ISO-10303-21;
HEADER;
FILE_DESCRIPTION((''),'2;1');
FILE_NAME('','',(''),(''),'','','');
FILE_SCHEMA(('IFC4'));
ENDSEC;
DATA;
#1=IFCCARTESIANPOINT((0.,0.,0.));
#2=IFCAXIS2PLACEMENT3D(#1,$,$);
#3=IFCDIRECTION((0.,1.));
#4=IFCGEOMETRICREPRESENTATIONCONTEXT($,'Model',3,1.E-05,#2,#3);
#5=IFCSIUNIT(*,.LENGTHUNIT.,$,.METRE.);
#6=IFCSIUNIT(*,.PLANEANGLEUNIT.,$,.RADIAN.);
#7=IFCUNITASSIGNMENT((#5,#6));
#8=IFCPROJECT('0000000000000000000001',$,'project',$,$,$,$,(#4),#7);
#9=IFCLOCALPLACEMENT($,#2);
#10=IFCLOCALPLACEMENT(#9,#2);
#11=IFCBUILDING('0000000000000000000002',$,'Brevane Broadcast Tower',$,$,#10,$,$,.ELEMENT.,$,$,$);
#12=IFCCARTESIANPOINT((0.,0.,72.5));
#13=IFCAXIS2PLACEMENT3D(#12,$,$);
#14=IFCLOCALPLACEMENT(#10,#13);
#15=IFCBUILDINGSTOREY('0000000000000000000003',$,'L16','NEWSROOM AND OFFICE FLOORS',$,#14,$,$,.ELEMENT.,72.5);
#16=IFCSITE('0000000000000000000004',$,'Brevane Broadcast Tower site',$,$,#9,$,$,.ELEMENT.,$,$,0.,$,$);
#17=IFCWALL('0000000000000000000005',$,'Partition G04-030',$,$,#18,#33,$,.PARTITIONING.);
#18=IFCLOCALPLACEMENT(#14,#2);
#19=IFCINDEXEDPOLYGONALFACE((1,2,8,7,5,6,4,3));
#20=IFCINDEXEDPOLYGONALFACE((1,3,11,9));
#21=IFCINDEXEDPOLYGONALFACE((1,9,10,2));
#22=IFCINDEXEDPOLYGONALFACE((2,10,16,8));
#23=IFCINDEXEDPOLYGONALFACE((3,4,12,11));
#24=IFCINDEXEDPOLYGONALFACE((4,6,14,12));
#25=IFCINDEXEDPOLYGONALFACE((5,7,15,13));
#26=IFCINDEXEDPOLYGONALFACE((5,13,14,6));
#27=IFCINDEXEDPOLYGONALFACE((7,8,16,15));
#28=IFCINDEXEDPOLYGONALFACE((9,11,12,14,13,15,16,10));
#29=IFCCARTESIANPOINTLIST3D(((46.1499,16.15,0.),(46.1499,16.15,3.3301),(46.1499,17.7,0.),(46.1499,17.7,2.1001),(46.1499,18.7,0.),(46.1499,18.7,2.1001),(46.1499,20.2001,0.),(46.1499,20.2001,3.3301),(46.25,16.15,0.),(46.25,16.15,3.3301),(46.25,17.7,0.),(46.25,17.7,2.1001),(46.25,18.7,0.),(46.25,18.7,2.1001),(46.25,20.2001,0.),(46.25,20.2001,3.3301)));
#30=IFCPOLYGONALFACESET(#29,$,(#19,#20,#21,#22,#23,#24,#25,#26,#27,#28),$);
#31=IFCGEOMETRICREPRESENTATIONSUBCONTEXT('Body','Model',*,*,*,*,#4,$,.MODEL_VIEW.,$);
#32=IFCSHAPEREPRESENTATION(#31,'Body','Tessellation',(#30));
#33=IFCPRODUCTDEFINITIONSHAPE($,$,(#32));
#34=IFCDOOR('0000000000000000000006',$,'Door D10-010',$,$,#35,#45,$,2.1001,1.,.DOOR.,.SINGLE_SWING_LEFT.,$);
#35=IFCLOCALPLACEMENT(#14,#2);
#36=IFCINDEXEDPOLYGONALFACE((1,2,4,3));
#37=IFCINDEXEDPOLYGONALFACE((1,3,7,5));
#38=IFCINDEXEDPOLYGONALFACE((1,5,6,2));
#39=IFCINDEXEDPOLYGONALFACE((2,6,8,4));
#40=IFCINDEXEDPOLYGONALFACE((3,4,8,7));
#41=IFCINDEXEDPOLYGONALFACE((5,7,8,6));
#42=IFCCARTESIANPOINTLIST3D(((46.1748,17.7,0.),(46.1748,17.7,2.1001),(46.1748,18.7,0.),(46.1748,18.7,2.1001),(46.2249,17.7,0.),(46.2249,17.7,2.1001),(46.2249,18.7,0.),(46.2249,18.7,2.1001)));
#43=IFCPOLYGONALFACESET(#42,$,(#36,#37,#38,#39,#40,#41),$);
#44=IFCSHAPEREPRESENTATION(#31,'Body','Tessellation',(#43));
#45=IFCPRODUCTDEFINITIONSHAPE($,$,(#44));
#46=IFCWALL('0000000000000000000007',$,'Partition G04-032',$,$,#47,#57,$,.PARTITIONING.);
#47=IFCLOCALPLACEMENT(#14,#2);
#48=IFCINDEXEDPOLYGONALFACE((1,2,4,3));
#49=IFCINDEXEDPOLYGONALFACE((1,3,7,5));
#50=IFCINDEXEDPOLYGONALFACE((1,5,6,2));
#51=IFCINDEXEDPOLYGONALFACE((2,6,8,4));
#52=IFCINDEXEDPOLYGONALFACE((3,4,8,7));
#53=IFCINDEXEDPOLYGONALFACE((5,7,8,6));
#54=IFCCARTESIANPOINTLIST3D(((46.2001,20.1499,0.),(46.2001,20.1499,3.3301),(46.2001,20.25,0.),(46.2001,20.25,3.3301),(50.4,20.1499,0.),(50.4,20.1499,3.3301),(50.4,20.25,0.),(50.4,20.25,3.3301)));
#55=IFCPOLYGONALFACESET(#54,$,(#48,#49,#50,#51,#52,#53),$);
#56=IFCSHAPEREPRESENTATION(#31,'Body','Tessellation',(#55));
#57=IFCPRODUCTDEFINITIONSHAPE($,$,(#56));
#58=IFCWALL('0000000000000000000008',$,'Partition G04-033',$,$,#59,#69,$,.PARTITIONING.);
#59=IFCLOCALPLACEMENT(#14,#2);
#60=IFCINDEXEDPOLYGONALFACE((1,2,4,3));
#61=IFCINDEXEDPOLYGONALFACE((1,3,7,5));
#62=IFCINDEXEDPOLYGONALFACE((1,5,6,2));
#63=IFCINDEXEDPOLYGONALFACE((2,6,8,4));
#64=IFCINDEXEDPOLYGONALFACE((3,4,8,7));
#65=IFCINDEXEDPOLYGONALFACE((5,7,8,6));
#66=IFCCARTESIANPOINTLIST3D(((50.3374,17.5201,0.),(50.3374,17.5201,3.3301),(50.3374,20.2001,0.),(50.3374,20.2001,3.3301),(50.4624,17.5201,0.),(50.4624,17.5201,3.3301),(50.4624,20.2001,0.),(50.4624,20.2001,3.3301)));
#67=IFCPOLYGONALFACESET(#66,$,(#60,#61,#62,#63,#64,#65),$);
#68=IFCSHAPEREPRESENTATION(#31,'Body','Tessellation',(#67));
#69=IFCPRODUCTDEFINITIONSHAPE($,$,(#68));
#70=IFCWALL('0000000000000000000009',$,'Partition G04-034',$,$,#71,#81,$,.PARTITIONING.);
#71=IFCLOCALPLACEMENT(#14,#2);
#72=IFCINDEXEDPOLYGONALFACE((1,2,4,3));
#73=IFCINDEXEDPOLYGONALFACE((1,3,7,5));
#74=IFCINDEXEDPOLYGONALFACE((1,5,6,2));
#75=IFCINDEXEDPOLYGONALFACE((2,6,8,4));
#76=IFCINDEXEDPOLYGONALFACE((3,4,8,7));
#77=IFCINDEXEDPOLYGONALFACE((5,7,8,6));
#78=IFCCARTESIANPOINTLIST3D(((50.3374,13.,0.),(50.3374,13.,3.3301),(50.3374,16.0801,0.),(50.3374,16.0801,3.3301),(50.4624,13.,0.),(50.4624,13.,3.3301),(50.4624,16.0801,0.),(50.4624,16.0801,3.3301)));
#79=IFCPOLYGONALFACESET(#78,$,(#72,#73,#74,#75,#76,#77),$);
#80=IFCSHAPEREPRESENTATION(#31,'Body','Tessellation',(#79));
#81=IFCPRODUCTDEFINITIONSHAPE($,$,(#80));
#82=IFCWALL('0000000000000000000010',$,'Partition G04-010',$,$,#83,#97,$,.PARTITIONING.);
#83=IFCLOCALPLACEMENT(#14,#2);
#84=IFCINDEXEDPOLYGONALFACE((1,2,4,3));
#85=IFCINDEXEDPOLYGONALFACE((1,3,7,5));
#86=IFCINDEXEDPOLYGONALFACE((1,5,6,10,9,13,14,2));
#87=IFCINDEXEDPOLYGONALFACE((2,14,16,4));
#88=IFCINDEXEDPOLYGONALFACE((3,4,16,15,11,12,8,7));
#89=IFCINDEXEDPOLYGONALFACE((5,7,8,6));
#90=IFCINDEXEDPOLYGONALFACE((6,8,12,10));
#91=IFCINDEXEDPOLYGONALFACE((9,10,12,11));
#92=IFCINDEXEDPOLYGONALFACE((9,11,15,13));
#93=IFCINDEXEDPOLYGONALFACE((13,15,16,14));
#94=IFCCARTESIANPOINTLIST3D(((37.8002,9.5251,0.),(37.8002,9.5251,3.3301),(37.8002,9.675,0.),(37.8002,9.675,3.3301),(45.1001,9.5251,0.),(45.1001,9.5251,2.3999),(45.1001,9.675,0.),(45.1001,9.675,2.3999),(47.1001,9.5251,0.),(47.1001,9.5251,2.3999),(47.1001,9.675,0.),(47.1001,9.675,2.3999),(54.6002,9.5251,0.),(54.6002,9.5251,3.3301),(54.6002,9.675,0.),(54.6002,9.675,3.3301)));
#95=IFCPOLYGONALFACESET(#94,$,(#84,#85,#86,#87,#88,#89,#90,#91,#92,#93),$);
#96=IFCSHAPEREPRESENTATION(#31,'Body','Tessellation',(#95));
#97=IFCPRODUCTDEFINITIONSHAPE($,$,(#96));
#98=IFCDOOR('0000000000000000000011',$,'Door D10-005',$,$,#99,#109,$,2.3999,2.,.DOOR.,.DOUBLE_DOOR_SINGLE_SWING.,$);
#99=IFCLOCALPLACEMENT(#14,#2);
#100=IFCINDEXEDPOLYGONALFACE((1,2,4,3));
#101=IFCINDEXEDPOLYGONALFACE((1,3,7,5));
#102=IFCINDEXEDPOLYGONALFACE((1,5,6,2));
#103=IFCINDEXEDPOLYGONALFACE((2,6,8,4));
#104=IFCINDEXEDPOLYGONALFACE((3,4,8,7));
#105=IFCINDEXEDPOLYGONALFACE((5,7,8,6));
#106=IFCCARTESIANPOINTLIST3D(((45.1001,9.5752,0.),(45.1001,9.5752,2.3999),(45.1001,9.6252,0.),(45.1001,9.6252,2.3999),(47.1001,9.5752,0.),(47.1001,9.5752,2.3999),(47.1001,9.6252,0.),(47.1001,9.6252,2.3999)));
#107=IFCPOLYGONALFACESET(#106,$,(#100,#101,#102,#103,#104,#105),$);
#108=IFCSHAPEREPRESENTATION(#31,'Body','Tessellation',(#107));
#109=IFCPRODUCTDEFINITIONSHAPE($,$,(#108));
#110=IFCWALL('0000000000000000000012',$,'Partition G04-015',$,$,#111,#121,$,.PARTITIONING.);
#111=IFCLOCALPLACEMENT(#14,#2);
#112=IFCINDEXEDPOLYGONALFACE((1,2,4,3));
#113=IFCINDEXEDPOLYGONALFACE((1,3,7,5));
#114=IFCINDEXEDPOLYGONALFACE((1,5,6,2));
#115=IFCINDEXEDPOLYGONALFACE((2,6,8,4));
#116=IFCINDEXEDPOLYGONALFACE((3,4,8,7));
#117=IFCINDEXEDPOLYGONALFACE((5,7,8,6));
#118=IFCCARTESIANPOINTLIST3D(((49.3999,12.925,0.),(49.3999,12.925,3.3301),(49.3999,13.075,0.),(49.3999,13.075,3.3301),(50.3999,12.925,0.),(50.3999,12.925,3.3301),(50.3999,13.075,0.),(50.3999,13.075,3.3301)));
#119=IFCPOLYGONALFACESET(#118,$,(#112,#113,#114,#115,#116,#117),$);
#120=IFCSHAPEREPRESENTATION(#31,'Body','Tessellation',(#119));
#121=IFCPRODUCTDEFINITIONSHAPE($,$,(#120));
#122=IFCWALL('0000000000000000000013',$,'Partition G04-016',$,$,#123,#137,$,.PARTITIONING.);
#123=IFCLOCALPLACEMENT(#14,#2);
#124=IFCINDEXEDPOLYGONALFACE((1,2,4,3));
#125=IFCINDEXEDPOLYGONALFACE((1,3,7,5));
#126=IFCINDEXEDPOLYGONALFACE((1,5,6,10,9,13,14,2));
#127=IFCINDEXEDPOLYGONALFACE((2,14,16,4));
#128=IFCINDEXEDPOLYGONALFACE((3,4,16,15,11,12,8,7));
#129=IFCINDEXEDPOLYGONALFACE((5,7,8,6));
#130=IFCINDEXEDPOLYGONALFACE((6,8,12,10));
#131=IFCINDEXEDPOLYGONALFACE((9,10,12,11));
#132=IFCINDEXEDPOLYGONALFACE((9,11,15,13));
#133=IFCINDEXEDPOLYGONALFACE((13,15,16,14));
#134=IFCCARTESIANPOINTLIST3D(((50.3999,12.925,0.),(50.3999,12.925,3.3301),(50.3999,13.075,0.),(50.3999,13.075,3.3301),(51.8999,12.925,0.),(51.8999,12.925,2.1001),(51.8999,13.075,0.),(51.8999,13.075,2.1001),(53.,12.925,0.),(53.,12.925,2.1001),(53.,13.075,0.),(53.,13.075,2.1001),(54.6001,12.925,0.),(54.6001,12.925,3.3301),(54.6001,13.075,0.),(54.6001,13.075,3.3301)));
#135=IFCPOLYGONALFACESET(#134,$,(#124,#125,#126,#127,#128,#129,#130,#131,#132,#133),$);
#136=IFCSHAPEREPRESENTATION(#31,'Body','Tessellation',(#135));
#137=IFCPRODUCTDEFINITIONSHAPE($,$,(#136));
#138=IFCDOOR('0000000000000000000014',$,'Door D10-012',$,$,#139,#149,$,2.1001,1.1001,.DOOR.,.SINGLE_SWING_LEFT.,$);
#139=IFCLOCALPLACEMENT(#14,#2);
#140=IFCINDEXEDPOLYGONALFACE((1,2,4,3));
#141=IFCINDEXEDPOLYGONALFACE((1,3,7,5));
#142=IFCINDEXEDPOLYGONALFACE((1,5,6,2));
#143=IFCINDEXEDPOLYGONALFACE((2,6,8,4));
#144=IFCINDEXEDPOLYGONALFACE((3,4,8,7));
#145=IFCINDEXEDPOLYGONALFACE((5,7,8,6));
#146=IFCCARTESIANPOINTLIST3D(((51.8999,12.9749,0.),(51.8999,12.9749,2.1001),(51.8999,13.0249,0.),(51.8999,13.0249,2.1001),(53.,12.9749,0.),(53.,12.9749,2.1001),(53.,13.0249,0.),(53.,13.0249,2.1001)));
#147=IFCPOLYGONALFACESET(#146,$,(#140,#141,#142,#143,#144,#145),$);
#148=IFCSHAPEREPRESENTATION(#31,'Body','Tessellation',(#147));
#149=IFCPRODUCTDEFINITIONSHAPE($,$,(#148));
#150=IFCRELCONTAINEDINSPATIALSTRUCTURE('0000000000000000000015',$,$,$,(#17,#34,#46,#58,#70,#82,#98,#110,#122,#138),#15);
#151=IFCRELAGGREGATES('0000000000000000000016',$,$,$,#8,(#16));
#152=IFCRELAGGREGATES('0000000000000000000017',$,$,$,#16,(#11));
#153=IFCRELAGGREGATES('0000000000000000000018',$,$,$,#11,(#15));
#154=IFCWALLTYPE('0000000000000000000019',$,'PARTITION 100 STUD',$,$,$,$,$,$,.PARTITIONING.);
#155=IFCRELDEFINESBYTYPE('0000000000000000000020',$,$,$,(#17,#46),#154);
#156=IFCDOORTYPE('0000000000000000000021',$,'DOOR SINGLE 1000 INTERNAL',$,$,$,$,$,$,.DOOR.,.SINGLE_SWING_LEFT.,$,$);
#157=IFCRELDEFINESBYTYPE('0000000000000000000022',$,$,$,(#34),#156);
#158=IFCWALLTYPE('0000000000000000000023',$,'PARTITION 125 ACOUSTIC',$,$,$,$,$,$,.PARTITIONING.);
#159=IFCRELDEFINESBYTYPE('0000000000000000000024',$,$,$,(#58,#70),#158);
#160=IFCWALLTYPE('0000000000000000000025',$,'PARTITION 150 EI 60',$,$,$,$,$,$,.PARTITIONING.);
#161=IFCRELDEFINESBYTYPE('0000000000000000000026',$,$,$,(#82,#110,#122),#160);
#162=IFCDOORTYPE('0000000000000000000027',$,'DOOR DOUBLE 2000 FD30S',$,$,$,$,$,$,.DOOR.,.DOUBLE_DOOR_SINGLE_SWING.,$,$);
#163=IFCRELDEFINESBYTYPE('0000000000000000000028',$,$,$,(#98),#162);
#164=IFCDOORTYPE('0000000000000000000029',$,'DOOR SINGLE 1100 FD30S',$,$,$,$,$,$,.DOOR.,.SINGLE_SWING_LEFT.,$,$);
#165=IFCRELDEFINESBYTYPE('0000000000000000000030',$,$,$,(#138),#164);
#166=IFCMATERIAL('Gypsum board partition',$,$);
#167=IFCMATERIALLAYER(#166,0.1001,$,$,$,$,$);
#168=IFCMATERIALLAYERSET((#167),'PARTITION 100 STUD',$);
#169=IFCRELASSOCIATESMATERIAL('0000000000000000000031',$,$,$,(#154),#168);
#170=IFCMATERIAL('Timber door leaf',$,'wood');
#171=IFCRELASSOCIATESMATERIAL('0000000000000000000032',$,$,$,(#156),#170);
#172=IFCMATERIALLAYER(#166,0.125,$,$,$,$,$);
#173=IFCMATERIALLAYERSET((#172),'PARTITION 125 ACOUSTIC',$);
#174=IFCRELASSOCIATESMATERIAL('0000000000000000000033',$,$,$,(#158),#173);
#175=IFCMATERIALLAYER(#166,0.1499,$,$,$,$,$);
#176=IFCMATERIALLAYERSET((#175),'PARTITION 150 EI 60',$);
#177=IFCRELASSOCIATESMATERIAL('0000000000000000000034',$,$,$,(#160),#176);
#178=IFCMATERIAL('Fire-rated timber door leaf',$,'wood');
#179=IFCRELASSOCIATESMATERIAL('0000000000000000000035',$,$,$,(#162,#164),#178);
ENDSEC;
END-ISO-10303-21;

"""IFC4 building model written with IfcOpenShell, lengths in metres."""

from ifc_helpers import new_model, si_unit, direction, frame, frame_2d, origin, place, context, subcontext, project, spatial, rectangle, extrude, material, layer, layer_set, type_object, element, fill, save


model = new_model("IFC4")

# Units and contexts
model_context = context("Model", 3, precision=1e-05, world=origin(), true_north=direction((0.0, 1.0)))
body_context = subcontext(model_context, "Body", "Model", "MODEL_VIEW")
ifc_project = project(units=[si_unit("LENGTHUNIT", "METRE"), si_unit("PLANEANGLEUNIT", "RADIAN")], contexts=[model_context])

# Site, building, storey
site_placement = place(None, origin())
site = spatial("IfcSite", under=ifc_project, at=site_placement, Name="Brevane Broadcast Tower site", CompositionType="ELEMENT", RefElevation=0.0)
building_placement = place(site_placement, origin())
building = spatial("IfcBuilding", under=site, at=building_placement, Name="Brevane Broadcast Tower", CompositionType="ELEMENT")
storey_placement = place(building_placement, frame((0.0, 0.0, 72.5)))
storey = spatial("IfcBuildingStorey", under=building, at=storey_placement, Name="L16", Description="NEWSROOM AND OFFICE FLOORS", CompositionType="ELEMENT", Elevation=72.5)

# Shared definitions
ifc_material_1 = material(Name="Gypsum board partition")
ifc_layer_1 = layer(ifc_material_1, 0.1001)
ifc_layer_set_1 = layer_set([ifc_layer_1], Name="PARTITION 100 STUD")
wall_type_1 = type_object("IfcWallType", Name="PARTITION 100 STUD", PredefinedType="PARTITIONING", material=ifc_layer_set_1)

# Wall, opening, door
wall_1_placement = place(storey_placement, frame((46.2, 20.2, 0.0), z_axis=(0.0, 0.0, 1.0), x_axis=(0.0, -1.0, 0.0)))
wall_1 = element("IfcWall", 1, at=wall_1_placement, inside=storey, type_object=wall_type_1, Name="Partition G04-030", PredefinedType="PARTITIONING", context=body_context, shape_type="SweptSolid", body=[
    extrude(rectangle(XDim=4.05, YDim=0.1001, at=frame_2d((2.0249, 0.0))), origin(), (0.0, 0.0, 1.0), 3.3301),
])
opening_1_placement = place(wall_1_placement, frame((1.5, 0.0, 0.0)))
opening_1 = element("IfcOpeningElement", 2, at=opening_1_placement, cuts=wall_1, PredefinedType="OPENING", context=body_context, shape_type="SweptSolid", body=[
    extrude(rectangle(XDim=1.0, YDim=2.1001, at=frame_2d((0.5, 1.05))), frame((0.0, 0.0601, 0.0), z_axis=(0.0, -1.0, 0.0), x_axis=(1.0, 0.0, 0.0)), (0.0, 0.0, 1.0), 0.1201),
])
ifc_material_2 = material(Name="Timber door leaf", Category="wood")
door_type_1 = type_object("IfcDoorType", Name="DOOR SINGLE 1000 INTERNAL", OperationType="SINGLE_SWING_LEFT", PredefinedType="DOOR", material=ifc_material_2)
door_1_placement = place(opening_1_placement, origin())
door_1 = element("IfcDoor", 3, at=door_1_placement, inside=storey, type_object=door_type_1, Name="Door D10-010", OperationType="SINGLE_SWING_LEFT", OverallHeight=2.1001, OverallWidth=1.0, PredefinedType="DOOR", context=body_context, shape_type="SweptSolid", body=[
    extrude(rectangle(XDim=1.0, YDim=2.1001, at=frame_2d((0.5, 1.05))), frame((0.0, 0.0249, 0.0), z_axis=(0.0, -1.0, 0.0), x_axis=(1.0, 0.0, 0.0)), (0.0, 0.0, 1.0), 0.05),
])
fill(opening_1, door_1)

# Walls
wall_2_placement = place(storey_placement, frame((46.2, 20.2, 0.0), z_axis=(0.0, 0.0, 1.0), x_axis=(1.0, 0.0, 0.0)))
element("IfcWall", 4, at=wall_2_placement, inside=storey, type_object=wall_type_1, Name="Partition G04-032", PredefinedType="PARTITIONING", context=body_context, shape_type="SweptSolid", body=[
    extrude(rectangle(XDim=4.2, YDim=0.1001, at=frame_2d((2.1001, 0.0))), origin(), (0.0, 0.0, 1.0), 3.3301),
])
ifc_layer_2 = layer(ifc_material_1, 0.125)
ifc_layer_set_2 = layer_set([ifc_layer_2], Name="PARTITION 125 ACOUSTIC")
wall_type_2 = type_object("IfcWallType", Name="PARTITION 125 ACOUSTIC", PredefinedType="PARTITIONING", material=ifc_layer_set_2)
wall_3_placement = place(storey_placement, frame((50.3999, 20.2, 0.0), z_axis=(0.0, 0.0, 1.0), x_axis=(0.0, -1.0, 0.0)))
element("IfcWall", 5, at=wall_3_placement, inside=storey, type_object=wall_type_2, Name="Partition G04-033", PredefinedType="PARTITIONING", context=body_context, shape_type="SweptSolid", body=[
    extrude(rectangle(XDim=2.6799, YDim=0.125, at=frame_2d((1.3398, 0.0))), origin(), (0.0, 0.0, 1.0), 3.3301),
])
wall_4_placement = place(storey_placement, frame((50.3999, 16.0801, 0.0), z_axis=(0.0, 0.0, 1.0), x_axis=(0.0, -1.0, 0.0)))
element("IfcWall", 6, at=wall_4_placement, inside=storey, type_object=wall_type_2, Name="Partition G04-034", PredefinedType="PARTITIONING", context=body_context, shape_type="SweptSolid", body=[
    extrude(rectangle(XDim=3.0801, YDim=0.125, at=frame_2d((1.54, 0.0))), origin(), (0.0, 0.0, 1.0), 3.3301),
])

# Wall, opening, door
ifc_layer_3 = layer(ifc_material_1, 0.1499)
ifc_layer_set_3 = layer_set([ifc_layer_3], Name="PARTITION 150 EI 60")
wall_type_3 = type_object("IfcWallType", Name="PARTITION 150 EI 60", PredefinedType="PARTITIONING", material=ifc_layer_set_3)
wall_5_placement = place(storey_placement, frame((54.6001, 9.6001, 0.0), z_axis=(0.0, 0.0, 1.0), x_axis=(-1.0, 0.0, 0.0)))
wall_5 = element("IfcWall", 7, at=wall_5_placement, inside=storey, type_object=wall_type_3, Name="Partition G04-010", PredefinedType="PARTITIONING", context=body_context, shape_type="SweptSolid", body=[
    extrude(rectangle(XDim=16.8, YDim=0.1499, at=frame_2d((8.3999, 0.0))), origin(), (0.0, 0.0, 1.0), 3.3301),
])
opening_2_placement = place(wall_5_placement, frame((7.5, 0.0, 0.0)))
opening_2 = element("IfcOpeningElement", 8, at=opening_2_placement, cuts=wall_5, PredefinedType="OPENING", context=body_context, shape_type="SweptSolid", body=[
    extrude(rectangle(XDim=2.0, YDim=2.3999, at=frame_2d((1.0, 1.2))), frame((0.0, 0.085, 0.0), z_axis=(0.0, -1.0, 0.0), x_axis=(1.0, 0.0, 0.0)), (0.0, 0.0, 1.0), 0.1699),
])
ifc_material_3 = material(Name="Fire-rated timber door leaf", Category="wood")
door_type_2 = type_object("IfcDoorType", Name="DOOR DOUBLE 2000 FD30S", OperationType="DOUBLE_DOOR_SINGLE_SWING", PredefinedType="DOOR", material=ifc_material_3)
door_2_placement = place(opening_2_placement, origin())
door_2 = element("IfcDoor", 9, at=door_2_placement, inside=storey, type_object=door_type_2, Name="Door D10-005", OperationType="DOUBLE_DOOR_SINGLE_SWING", OverallHeight=2.3999, OverallWidth=2.0, PredefinedType="DOOR", context=body_context, shape_type="SweptSolid", body=[
    extrude(rectangle(XDim=2.0, YDim=2.3999, at=frame_2d((1.0, 1.2))), frame((0.0, 0.0249, 0.0), z_axis=(0.0, -1.0, 0.0), x_axis=(1.0, 0.0, 0.0)), (0.0, 0.0, 1.0), 0.05),
])
fill(opening_2, door_2)

# Wall
wall_6_placement = place(storey_placement, frame((49.3999, 13.0, 0.0), z_axis=(0.0, 0.0, 1.0), x_axis=(1.0, 0.0, 0.0)))
element("IfcWall", 10, at=wall_6_placement, inside=storey, type_object=wall_type_3, Name="Partition G04-015", PredefinedType="PARTITIONING", context=body_context, shape_type="SweptSolid", body=[
    extrude(rectangle(XDim=1.0, YDim=0.1499, at=frame_2d((0.5, 0.0))), origin(), (0.0, 0.0, 1.0), 3.3301),
])

# Wall, opening, door
wall_7_placement = place(storey_placement, frame((50.3999, 13.0, 0.0), z_axis=(0.0, 0.0, 1.0), x_axis=(1.0, 0.0, 0.0)))
wall_7 = element("IfcWall", 11, at=wall_7_placement, inside=storey, type_object=wall_type_3, Name="Partition G04-016", PredefinedType="PARTITIONING", context=body_context, shape_type="SweptSolid", body=[
    extrude(rectangle(XDim=4.2002, YDim=0.1499, at=frame_2d((2.1001, 0.0))), origin(), (0.0, 0.0, 1.0), 3.3301),
])
opening_3_placement = place(wall_7_placement, frame((1.5, 0.0, 0.0)))
opening_3 = element("IfcOpeningElement", 12, at=opening_3_placement, cuts=wall_7, PredefinedType="OPENING", context=body_context, shape_type="SweptSolid", body=[
    extrude(rectangle(XDim=1.1001, YDim=2.1001, at=frame_2d((0.55, 1.05))), frame((0.0, 0.085, 0.0), z_axis=(0.0, -1.0, 0.0), x_axis=(1.0, 0.0, 0.0)), (0.0, 0.0, 1.0), 0.1699),
])
door_type_3 = type_object("IfcDoorType", Name="DOOR SINGLE 1100 FD30S", OperationType="SINGLE_SWING_LEFT", PredefinedType="DOOR", material=ifc_material_3)
door_3_placement = place(opening_3_placement, origin())
door_3 = element("IfcDoor", 13, at=door_3_placement, inside=storey, type_object=door_type_3, Name="Door D10-012", OperationType="SINGLE_SWING_LEFT", OverallHeight=2.1001, OverallWidth=1.1001, PredefinedType="DOOR", context=body_context, shape_type="SweptSolid", body=[
    extrude(rectangle(XDim=1.1001, YDim=2.1001, at=frame_2d((0.55, 1.05))), frame((0.0, 0.0249, 0.0), z_axis=(0.0, -1.0, 0.0), x_axis=(1.0, 0.0, 0.0)), (0.0, 0.0, 1.0), 0.05),
])
fill(opening_3, door_3)

save(model, "model.ifc")
